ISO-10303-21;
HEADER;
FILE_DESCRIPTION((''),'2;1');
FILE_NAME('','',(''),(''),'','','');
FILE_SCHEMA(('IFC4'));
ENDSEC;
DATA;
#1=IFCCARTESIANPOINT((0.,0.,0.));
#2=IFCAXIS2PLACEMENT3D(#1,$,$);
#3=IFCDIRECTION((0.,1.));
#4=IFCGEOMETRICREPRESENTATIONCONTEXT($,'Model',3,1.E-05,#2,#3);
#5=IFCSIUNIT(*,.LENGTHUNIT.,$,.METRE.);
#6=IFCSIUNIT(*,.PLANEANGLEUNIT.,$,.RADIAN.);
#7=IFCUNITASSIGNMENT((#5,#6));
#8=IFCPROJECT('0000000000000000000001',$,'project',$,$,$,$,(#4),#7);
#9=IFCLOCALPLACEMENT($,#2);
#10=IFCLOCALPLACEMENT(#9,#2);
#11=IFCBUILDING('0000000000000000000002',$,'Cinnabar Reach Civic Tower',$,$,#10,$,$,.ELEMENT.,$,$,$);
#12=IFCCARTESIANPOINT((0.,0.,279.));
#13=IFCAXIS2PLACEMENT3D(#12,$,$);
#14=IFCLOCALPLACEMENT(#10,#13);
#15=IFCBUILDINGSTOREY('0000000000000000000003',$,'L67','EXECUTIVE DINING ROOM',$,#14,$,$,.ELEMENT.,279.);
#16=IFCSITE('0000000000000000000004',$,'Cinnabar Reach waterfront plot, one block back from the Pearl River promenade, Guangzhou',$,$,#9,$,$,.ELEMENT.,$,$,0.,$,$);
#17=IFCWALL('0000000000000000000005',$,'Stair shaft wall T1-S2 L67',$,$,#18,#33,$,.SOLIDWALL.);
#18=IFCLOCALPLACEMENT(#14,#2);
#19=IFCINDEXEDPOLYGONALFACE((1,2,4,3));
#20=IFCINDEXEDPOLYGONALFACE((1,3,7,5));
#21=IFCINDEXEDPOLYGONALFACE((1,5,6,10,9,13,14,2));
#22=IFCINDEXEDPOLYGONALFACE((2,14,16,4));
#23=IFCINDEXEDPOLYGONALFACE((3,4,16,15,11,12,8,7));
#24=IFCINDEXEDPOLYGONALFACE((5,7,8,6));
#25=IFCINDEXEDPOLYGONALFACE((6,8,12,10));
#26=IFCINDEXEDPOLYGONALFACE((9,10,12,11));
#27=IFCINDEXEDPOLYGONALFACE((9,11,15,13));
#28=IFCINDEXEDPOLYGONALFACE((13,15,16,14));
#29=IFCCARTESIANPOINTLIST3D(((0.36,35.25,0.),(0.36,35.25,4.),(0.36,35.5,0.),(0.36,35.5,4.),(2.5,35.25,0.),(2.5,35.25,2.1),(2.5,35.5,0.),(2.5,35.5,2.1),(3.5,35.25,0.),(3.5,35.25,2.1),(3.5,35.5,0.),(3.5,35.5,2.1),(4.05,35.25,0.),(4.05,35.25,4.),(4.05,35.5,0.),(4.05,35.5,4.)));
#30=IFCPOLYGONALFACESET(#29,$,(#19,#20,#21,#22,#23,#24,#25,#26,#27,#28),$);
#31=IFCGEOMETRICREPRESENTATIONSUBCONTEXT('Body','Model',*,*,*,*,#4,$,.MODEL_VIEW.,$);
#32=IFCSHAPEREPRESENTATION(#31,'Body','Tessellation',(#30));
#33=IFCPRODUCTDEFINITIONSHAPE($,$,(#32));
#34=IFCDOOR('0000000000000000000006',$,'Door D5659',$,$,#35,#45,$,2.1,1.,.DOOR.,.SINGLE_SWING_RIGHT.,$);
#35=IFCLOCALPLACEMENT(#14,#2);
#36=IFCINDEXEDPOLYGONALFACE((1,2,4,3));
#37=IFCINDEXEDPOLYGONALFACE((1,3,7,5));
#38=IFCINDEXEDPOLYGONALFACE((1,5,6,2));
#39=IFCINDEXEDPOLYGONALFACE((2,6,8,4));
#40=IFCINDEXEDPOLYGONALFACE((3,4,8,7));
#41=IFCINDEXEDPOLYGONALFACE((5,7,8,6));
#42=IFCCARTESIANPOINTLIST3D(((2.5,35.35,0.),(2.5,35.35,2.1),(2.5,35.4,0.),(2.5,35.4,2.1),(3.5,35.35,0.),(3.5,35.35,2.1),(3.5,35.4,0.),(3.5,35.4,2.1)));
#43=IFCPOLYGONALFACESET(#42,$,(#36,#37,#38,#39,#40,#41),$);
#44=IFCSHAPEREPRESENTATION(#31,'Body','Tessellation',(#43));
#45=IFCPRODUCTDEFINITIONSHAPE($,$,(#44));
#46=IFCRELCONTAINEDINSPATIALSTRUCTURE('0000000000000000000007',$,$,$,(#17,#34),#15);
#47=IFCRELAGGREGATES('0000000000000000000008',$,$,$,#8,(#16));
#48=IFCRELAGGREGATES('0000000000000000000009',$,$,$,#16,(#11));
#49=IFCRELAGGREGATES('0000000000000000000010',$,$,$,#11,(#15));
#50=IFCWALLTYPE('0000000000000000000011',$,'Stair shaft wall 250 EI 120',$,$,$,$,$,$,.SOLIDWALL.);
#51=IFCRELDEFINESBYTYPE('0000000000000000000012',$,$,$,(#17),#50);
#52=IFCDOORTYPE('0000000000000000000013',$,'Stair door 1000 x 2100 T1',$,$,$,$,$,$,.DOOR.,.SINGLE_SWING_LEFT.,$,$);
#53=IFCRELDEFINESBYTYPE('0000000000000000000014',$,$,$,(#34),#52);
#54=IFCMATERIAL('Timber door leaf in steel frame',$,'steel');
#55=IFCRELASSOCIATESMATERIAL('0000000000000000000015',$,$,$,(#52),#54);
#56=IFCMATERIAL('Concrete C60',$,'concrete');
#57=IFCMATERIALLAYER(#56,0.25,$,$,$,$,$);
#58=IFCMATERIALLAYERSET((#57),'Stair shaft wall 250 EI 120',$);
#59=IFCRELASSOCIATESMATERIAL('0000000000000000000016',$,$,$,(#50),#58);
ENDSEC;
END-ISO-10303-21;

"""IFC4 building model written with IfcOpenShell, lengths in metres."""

from ifc_helpers import new_model, si_unit, direction, frame, frame_2d, origin, place, context, subcontext, project, spatial, rectangle, extrude, material, layer, layer_set, type_object, element, fill, save


model = new_model("IFC4")

# Units and contexts
model_context = context("Model", 3, precision=1e-05, world=origin(), true_north=direction((0.0, 1.0)))
body_context = subcontext(model_context, "Body", "Model", "MODEL_VIEW")
ifc_project = project(units=[si_unit("LENGTHUNIT", "METRE"), si_unit("PLANEANGLEUNIT", "RADIAN")], contexts=[model_context])

# Site, building, storey
site_placement = place(None, origin())
site = spatial("IfcSite", under=ifc_project, at=site_placement, Name="Cinnabar Reach waterfront plot, one block back from the Pearl River promenade, Guangzhou", CompositionType="ELEMENT", RefElevation=0.0)
building_placement = place(site_placement, origin())
building = spatial("IfcBuilding", under=site, at=building_placement, Name="Cinnabar Reach Civic Tower", CompositionType="ELEMENT")
storey_placement = place(building_placement, frame((0.0, 0.0, 279.0)))
storey = spatial("IfcBuildingStorey", under=building, at=storey_placement, Name="L67", Description="EXECUTIVE DINING ROOM", CompositionType="ELEMENT", Elevation=279.0)

# Shared definitions
ifc_material_1 = material(Name="Concrete C60", Category="concrete")

# Shared definitions
ifc_material_2 = material(Name="Timber door leaf in steel frame", Category="steel")
door_type_1 = type_object("IfcDoorType", Name="Stair door 1000 x 2100 T1", OperationType="SINGLE_SWING_LEFT", PredefinedType="DOOR", material=ifc_material_2)

# Wall, opening, door
ifc_layer_1 = layer(ifc_material_1, 0.25)
ifc_layer_set_1 = layer_set([ifc_layer_1], Name="Stair shaft wall 250 EI 120")
wall_type_1 = type_object("IfcWallType", Name="Stair shaft wall 250 EI 120", PredefinedType="SOLIDWALL", material=ifc_layer_set_1)
wall_1_placement = place(storey_placement, frame((0.36, 35.375, 0.0), z_axis=(0.0, 0.0, 1.0), x_axis=(1.0, 0.0, 0.0)))
wall_1 = element("IfcWall", 1, at=wall_1_placement, inside=storey, type_object=wall_type_1, Name="Stair shaft wall T1-S2 L67", PredefinedType="SOLIDWALL", context=body_context, shape_type="SweptSolid", body=[
    extrude(rectangle(XDim=3.69, YDim=0.25, at=frame_2d((1.845, 0.0))), origin(), (0.0, 0.0, 1.0), 4.0),
])
opening_1_placement = place(wall_1_placement, frame((2.14, 0.0, 0.0)))
opening_1 = element("IfcOpeningElement", 2, at=opening_1_placement, cuts=wall_1, PredefinedType="OPENING", context=body_context, shape_type="SweptSolid", body=[
    extrude(rectangle(XDim=1.0, YDim=2.1, at=frame_2d((0.5, 1.05))), frame((0.0, 0.135, 0.0), z_axis=(0.0, -1.0, 0.0), x_axis=(1.0, 0.0, 0.0)), (0.0, 0.0, 1.0), 0.27),
])
door_1_placement = place(opening_1_placement, origin())
door_1 = element("IfcDoor", 3, at=door_1_placement, inside=storey, type_object=door_type_1, Name="Door D5659", OperationType="SINGLE_SWING_RIGHT", OverallHeight=2.1, OverallWidth=1.0, PredefinedType="DOOR", context=body_context, shape_type="SweptSolid", body=[
    extrude(rectangle(XDim=1.0, YDim=2.1, at=frame_2d((0.5, 1.05))), frame((0.0, 0.025, 0.0), z_axis=(0.0, -1.0, 0.0), x_axis=(1.0, 0.0, 0.0)), (0.0, 0.0, 1.0), 0.05),
])
fill(opening_1, door_1)

save(model, "model.ifc")
